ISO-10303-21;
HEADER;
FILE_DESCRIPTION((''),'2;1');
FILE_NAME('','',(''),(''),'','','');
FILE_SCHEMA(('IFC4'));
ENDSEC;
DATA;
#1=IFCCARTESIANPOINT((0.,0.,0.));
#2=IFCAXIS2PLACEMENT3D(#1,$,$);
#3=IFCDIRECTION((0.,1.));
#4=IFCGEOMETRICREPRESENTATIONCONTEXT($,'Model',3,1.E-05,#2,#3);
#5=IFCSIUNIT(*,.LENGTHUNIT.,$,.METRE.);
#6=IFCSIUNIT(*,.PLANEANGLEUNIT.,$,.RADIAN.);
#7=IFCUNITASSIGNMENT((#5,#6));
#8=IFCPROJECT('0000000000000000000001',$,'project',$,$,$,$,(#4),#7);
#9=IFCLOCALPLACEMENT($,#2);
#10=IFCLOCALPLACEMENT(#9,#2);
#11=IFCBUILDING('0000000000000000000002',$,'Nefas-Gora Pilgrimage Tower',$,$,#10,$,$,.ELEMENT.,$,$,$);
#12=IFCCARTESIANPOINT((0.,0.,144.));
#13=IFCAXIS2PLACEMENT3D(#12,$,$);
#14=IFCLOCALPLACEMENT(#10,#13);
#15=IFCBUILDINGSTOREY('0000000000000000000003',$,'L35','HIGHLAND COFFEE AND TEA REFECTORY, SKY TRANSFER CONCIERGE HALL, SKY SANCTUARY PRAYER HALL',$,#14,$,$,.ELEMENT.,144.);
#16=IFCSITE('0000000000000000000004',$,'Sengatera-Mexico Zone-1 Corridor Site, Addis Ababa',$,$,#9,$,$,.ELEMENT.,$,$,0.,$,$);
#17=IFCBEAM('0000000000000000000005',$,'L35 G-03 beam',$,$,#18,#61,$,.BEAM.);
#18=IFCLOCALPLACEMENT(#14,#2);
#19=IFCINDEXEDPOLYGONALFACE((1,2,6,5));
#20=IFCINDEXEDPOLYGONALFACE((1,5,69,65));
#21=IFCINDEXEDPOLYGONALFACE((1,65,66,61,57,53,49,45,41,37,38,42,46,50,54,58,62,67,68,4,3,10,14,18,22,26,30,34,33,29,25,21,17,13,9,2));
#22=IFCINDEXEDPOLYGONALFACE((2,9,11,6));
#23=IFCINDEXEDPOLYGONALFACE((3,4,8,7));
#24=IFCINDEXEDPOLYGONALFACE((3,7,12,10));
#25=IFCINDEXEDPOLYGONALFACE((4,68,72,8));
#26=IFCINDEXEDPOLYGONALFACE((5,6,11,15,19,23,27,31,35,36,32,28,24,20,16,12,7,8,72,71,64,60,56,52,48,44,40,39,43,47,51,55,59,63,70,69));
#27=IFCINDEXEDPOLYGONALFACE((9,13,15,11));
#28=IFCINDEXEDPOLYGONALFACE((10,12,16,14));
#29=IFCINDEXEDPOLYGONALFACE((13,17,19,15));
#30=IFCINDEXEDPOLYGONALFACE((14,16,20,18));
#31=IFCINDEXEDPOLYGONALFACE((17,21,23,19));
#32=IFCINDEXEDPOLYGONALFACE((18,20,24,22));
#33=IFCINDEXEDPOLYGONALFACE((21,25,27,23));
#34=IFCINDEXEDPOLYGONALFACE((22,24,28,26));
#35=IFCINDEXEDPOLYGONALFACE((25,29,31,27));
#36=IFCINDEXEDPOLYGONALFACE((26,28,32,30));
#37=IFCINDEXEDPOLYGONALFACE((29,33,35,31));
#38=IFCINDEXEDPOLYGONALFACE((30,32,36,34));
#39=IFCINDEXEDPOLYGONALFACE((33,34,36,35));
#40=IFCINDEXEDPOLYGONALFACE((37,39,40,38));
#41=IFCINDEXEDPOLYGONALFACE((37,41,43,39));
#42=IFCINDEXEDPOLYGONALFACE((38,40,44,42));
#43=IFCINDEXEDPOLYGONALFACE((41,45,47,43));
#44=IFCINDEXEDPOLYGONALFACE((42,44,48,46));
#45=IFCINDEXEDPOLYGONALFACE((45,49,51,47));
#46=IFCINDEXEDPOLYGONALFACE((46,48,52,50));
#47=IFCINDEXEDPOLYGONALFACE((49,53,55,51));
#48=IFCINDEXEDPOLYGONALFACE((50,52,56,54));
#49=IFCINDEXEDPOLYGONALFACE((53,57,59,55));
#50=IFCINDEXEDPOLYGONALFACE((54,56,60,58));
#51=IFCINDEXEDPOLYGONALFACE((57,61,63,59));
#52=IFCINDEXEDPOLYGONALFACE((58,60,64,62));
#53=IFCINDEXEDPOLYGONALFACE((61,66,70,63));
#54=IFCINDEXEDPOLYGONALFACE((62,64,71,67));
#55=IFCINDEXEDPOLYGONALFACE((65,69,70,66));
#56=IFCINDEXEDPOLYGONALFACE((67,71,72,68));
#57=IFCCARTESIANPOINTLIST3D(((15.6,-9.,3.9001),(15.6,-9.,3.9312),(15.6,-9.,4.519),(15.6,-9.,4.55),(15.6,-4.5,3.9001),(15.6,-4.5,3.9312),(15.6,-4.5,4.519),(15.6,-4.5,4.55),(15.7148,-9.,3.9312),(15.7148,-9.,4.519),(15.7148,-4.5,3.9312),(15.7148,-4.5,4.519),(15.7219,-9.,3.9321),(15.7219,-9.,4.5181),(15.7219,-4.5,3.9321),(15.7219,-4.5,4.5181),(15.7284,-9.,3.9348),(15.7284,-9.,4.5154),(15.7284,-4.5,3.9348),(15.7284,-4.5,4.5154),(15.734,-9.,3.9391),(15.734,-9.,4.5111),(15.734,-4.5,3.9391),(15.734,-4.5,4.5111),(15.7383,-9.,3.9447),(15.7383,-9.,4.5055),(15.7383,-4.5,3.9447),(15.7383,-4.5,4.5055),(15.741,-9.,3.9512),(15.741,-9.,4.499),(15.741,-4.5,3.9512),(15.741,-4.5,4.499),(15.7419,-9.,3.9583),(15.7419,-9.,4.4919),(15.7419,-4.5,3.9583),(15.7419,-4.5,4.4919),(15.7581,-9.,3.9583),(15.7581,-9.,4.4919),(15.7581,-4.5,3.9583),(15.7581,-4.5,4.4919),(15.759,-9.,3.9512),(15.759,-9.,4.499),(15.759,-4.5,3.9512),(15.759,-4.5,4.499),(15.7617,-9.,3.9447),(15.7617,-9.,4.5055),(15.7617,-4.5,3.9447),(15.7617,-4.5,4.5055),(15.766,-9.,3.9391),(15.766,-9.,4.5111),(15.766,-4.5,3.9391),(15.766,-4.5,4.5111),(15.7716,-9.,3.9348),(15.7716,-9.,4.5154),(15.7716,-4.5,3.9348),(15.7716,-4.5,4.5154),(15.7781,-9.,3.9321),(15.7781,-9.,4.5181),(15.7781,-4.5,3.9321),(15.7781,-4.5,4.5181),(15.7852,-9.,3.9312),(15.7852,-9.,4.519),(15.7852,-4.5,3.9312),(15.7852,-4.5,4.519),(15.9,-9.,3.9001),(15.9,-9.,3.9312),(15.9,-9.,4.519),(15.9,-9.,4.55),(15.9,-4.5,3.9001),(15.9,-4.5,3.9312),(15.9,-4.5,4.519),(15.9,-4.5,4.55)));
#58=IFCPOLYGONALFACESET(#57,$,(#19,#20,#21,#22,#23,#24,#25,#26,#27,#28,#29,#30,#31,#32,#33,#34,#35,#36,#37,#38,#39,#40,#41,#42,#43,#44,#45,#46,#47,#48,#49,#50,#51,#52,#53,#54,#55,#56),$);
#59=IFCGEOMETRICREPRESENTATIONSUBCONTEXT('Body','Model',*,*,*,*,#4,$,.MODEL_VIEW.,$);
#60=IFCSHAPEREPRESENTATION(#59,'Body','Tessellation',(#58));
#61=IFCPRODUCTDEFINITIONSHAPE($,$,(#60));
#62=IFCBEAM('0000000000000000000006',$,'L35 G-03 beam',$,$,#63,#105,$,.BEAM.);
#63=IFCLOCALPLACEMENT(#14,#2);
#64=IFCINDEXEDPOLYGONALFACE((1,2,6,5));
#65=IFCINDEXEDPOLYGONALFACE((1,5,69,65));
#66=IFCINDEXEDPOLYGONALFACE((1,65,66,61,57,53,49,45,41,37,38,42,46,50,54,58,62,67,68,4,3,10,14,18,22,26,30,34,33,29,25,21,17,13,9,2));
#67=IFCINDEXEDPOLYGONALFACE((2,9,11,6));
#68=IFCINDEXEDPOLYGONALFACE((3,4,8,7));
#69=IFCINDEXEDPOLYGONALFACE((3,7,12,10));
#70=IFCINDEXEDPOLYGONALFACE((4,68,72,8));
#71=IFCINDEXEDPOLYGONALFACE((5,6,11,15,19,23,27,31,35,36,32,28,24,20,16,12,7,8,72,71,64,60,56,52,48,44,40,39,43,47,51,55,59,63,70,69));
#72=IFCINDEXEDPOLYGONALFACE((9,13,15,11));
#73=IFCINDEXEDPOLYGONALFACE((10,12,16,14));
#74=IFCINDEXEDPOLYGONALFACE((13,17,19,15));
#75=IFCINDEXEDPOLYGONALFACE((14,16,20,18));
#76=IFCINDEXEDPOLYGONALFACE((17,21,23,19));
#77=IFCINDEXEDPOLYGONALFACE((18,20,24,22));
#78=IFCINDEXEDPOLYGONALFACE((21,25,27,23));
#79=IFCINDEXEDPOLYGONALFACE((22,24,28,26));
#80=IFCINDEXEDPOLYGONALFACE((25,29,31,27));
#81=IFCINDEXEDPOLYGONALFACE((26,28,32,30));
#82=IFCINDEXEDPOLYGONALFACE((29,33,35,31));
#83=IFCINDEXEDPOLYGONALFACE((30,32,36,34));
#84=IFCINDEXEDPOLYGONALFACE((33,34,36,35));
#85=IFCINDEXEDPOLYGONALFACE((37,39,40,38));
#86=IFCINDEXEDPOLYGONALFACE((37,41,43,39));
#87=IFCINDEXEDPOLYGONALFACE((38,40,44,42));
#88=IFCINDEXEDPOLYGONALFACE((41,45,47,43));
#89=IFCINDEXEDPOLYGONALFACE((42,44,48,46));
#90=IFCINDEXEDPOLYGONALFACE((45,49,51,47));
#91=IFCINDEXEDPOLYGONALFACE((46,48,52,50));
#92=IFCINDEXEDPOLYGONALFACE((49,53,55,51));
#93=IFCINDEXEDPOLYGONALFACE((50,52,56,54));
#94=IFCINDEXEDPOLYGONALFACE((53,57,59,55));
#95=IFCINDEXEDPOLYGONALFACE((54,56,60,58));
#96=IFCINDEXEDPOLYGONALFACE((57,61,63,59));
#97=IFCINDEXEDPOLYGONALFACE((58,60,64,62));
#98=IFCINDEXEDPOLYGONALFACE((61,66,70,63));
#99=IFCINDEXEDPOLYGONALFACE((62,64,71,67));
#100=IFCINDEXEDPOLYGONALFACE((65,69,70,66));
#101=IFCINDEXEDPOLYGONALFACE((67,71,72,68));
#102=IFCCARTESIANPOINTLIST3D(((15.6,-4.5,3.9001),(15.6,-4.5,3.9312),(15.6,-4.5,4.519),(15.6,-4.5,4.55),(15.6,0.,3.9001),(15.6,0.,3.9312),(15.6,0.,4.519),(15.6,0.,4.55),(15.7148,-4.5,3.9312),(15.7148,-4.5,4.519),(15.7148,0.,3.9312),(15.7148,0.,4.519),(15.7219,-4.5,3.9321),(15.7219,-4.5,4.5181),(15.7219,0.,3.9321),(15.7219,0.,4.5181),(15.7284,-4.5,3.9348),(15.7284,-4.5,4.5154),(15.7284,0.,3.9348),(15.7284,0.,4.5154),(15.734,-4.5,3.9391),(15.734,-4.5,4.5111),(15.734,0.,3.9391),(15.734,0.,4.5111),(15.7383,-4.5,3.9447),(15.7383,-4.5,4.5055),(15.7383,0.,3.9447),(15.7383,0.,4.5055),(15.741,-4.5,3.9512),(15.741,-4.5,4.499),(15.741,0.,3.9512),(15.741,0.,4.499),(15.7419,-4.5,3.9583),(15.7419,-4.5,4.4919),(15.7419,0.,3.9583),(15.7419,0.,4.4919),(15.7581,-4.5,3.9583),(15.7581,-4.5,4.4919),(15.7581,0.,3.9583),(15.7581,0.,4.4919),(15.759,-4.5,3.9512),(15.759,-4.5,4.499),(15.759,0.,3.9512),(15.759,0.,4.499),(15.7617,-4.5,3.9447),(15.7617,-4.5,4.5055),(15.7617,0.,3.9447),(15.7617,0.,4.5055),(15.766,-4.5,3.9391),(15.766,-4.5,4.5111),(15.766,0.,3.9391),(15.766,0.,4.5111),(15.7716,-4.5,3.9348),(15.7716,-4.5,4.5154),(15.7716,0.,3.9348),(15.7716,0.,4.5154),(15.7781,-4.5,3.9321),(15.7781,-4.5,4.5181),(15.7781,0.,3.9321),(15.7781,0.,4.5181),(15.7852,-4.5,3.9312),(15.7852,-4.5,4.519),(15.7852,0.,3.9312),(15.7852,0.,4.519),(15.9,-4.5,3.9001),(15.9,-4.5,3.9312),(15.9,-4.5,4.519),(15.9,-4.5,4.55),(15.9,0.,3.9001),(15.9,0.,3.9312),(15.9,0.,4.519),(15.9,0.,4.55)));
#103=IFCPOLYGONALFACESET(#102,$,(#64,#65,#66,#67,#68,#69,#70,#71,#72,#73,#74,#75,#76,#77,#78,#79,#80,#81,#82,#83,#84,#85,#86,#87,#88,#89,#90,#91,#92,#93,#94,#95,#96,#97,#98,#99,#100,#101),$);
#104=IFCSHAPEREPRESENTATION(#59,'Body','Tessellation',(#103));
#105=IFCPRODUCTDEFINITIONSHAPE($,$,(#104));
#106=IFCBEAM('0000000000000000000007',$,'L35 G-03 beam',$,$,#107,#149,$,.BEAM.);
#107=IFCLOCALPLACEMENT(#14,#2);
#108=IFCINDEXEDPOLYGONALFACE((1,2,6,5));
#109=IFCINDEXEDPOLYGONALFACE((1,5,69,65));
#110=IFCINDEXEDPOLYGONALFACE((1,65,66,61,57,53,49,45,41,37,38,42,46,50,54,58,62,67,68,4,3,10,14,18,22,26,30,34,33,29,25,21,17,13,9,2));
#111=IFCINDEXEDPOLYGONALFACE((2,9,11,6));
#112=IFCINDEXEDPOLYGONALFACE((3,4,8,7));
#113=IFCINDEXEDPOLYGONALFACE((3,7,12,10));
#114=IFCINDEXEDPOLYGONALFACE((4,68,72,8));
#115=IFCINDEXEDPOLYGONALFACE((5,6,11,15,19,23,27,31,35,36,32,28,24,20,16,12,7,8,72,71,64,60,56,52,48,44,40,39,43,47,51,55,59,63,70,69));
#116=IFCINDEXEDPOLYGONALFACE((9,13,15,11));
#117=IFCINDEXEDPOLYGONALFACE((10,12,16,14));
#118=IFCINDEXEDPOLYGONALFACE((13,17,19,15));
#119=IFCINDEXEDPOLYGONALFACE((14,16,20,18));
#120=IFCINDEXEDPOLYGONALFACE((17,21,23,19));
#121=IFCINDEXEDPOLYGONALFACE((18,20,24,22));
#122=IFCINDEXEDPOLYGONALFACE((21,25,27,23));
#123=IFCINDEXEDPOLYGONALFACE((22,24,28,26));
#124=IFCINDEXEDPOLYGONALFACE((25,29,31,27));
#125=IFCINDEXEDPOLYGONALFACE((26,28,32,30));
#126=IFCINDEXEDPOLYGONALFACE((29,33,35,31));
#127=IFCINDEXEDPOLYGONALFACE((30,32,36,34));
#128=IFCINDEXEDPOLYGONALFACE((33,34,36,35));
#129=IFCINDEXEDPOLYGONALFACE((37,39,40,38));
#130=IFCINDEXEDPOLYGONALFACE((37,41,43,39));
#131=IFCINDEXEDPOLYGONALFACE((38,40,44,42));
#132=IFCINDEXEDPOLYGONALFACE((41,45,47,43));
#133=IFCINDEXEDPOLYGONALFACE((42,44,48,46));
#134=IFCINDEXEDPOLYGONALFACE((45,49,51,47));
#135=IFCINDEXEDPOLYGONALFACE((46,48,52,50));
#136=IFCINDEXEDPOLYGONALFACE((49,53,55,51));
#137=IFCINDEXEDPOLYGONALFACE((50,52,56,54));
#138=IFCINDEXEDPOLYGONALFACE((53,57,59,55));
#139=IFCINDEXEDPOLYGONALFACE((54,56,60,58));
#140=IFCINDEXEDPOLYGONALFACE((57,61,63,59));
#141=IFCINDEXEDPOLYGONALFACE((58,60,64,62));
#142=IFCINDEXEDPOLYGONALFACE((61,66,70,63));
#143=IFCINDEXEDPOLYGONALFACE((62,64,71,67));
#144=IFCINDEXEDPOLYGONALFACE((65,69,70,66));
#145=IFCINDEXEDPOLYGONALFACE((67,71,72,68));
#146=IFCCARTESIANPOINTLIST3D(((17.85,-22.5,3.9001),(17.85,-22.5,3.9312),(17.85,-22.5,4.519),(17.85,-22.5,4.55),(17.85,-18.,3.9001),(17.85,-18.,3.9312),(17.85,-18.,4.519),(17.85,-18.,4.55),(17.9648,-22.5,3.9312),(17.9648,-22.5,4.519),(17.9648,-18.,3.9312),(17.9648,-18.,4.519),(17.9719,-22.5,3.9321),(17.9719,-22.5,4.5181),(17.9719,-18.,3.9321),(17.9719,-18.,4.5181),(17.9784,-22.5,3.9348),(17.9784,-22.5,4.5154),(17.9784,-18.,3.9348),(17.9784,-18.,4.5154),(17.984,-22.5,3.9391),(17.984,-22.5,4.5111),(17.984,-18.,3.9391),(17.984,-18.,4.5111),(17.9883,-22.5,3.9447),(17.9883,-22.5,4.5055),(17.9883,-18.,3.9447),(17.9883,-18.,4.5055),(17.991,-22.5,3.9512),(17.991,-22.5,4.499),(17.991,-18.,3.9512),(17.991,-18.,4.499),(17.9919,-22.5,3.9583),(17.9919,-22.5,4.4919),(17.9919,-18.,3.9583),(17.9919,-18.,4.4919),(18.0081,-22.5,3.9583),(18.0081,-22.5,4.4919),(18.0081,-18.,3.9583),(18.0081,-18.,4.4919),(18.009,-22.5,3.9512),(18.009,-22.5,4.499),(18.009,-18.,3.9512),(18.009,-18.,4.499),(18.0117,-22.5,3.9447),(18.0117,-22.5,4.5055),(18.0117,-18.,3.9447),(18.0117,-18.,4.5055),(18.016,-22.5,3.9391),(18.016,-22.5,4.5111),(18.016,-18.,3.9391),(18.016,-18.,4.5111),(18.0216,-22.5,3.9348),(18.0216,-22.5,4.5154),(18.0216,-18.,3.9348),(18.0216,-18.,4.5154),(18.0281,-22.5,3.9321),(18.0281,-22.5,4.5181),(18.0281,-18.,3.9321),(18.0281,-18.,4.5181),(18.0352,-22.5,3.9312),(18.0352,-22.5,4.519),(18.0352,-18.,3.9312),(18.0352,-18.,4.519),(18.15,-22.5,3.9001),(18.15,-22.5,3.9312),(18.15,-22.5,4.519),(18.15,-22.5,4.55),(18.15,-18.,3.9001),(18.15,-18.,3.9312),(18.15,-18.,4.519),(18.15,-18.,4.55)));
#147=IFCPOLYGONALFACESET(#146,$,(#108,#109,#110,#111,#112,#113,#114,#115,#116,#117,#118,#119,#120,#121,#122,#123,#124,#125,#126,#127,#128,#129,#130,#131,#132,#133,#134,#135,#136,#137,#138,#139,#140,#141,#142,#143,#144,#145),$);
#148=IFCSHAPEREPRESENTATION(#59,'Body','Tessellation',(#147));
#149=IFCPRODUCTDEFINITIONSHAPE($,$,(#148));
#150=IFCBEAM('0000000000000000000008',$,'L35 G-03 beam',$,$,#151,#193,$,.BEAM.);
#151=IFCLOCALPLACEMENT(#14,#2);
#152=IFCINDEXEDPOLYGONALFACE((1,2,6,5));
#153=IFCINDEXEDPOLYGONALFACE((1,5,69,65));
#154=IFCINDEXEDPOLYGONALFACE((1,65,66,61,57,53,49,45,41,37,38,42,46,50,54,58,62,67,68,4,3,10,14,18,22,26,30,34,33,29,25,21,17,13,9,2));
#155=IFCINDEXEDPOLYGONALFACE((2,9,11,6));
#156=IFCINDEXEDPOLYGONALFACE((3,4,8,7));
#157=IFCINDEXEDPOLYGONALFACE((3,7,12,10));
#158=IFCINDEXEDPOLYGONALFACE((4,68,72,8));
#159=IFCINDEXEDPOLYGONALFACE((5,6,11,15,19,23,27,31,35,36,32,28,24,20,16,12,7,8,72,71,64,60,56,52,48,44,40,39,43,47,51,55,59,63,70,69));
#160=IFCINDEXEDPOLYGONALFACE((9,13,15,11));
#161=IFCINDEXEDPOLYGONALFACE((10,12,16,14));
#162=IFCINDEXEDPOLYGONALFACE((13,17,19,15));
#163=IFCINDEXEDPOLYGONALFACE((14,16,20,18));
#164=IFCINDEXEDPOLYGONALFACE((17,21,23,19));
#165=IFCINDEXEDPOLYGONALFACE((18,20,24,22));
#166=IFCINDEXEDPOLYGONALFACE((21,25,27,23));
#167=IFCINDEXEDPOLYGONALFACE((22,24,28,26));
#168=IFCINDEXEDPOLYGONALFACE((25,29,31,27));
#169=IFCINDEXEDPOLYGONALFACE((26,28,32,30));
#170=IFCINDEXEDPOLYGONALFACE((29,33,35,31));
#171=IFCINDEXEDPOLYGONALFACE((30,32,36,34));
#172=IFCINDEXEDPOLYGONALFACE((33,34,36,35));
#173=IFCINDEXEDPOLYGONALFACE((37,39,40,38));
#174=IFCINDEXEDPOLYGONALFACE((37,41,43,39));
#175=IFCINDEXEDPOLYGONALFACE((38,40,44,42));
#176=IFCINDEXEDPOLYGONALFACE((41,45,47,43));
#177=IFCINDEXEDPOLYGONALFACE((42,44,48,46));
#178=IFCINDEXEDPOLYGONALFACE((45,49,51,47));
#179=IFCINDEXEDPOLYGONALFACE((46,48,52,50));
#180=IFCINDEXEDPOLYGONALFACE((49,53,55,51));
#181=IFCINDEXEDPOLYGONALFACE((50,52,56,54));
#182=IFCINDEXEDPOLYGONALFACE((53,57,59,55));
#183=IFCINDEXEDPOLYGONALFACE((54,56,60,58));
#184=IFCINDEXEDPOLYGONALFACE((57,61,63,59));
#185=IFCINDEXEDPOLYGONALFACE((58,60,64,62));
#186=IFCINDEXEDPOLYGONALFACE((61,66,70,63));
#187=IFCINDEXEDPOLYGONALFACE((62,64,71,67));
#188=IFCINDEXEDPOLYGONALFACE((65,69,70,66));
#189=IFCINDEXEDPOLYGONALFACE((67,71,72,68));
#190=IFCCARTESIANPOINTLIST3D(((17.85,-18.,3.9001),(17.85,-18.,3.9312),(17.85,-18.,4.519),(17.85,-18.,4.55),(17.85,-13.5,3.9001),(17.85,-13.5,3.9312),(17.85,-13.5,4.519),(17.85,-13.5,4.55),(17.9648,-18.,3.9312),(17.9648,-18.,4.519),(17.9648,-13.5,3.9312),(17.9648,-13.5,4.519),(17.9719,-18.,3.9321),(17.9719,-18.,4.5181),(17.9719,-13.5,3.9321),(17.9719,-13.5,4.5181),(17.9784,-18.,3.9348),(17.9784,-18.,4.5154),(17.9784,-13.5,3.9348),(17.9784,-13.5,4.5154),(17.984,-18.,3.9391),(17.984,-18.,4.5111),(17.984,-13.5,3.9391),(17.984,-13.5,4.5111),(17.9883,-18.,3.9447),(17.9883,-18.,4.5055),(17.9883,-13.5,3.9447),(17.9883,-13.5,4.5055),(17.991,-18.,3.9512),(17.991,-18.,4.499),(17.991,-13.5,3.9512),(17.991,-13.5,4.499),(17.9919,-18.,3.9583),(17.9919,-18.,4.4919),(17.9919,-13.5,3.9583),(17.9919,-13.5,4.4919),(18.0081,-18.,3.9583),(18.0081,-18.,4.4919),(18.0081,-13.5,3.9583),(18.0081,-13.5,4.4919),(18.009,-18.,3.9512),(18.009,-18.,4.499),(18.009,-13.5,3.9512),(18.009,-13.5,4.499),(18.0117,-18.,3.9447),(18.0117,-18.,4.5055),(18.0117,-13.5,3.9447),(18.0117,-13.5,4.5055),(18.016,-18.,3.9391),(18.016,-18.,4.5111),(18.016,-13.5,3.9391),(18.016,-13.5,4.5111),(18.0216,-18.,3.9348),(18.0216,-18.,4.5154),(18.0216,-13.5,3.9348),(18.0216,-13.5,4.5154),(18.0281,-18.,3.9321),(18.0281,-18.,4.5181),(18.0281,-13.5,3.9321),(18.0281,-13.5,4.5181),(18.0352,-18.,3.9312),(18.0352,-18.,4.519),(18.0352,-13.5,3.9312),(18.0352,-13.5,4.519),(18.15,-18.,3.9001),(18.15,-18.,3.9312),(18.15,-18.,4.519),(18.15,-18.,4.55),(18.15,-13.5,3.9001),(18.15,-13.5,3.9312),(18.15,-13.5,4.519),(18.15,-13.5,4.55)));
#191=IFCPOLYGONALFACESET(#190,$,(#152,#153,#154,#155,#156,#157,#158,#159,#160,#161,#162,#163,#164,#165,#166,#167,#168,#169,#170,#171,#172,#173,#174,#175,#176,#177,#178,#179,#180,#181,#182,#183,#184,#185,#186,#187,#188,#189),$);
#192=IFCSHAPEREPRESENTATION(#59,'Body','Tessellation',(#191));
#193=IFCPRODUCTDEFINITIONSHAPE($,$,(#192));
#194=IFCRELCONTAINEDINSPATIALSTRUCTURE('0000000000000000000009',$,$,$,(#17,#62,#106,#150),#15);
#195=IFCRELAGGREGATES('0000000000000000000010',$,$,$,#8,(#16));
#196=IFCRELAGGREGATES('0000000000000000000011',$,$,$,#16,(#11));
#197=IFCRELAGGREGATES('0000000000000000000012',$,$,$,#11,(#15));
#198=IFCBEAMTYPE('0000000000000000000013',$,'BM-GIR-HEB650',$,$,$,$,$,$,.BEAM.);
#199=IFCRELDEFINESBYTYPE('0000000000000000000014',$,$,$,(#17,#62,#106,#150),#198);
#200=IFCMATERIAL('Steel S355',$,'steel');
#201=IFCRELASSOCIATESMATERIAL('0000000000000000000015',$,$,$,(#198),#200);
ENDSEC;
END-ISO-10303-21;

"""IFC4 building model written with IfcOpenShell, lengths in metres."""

from ifc_helpers import new_model, si_unit, direction, frame, origin, origin_2d, place, context, subcontext, project, spatial, i_section, extrude, source, transform, mapped, material, material_profile, profile_set, type_object, element, save


model = new_model("IFC4")

# Units and contexts
model_context = context("Model", 3, precision=1e-05, world=origin(), true_north=direction((0.0, 1.0)))
body_context = subcontext(model_context, "Body", "Model", "MODEL_VIEW")
ifc_project = project(units=[si_unit("LENGTHUNIT", "METRE"), si_unit("PLANEANGLEUNIT", "RADIAN")], contexts=[model_context])

# Site, building, storey
site_placement = place(None, origin())
site = spatial("IfcSite", under=ifc_project, at=site_placement, Name="Sengatera-Mexico Zone-1 Corridor Site, Addis Ababa", CompositionType="ELEMENT", RefElevation=0.0)
building_placement = place(site_placement, origin())
building = spatial("IfcBuilding", under=site, at=building_placement, Name="Nefas-Gora Pilgrimage Tower", CompositionType="ELEMENT")
storey_placement = place(building_placement, frame((0.0, 0.0, 144.0)))
storey = spatial("IfcBuildingStorey", under=building, at=storey_placement, Name="L35", Description="HIGHLAND COFFEE AND TEA REFECTORY, SKY TRANSFER CONCIERGE HALL, SKY SANCTUARY PRAYER HALL", CompositionType="ELEMENT", Elevation=144.0)

# Beams
ifc_material_1 = material(Name="Steel S355", Category="steel")
ifc_material_profile_1 = material_profile(ifc_material_1, i_section(OverallWidth=0.3, OverallDepth=0.6499, WebThickness=0.0161, FlangeThickness=0.031, FilletRadius=0.0271, at=origin_2d()), Name="HEB 650")
ifc_profile_set_1 = profile_set([ifc_material_profile_1], Name="Steel S355")
beam_type_1 = type_object("IfcBeamType", Name="BM-GIR-HEB650", PredefinedType="BEAM", material=ifc_profile_set_1)
shared_shape_1 = source(origin(), body_context, "Body", "SweptSolid", [
    extrude(i_section(OverallWidth=0.3, OverallDepth=0.6499, WebThickness=0.0161, FlangeThickness=0.031, FilletRadius=0.0271, at=origin_2d()), origin(), (0.0, 0.0, 1.0), 4.5),
])
for number, where, z_axis, x_axis, name in (
    (1, (15.75, -9.0, 4.2251), (0.0, 1.0, 0.0), (-1.0, 0.0, 0.0), "L35 G-03 beam"),
    (2, (15.75, -4.5, 4.2251), (0.0, 1.0, 0.0), (-1.0, 0.0, 0.0), "L35 G-03 beam"),
    (3, (18.0, -22.5, 4.2251), (0.0, 1.0, 0.0), (-1.0, 0.0, 0.0), "L35 G-03 beam"),
    (4, (18.0, -18.0, 4.2251), (0.0, 1.0, 0.0), (-1.0, 0.0, 0.0), "L35 G-03 beam"),
):
    element("IfcBeam", number, at=place(storey_placement, frame(where, z_axis=z_axis, x_axis=x_axis)), inside=storey, type_object=beam_type_1, Name=name, PredefinedType="BEAM", context=body_context, shape_type="MappedRepresentation", body=[
        mapped(shared_shape_1, transform((0.0, 0.0, 0.0), x_axis=(1.0, 0.0, 0.0), y_axis=(0.0, 1.0, 0.0), z_axis=(0.0, 0.0, 1.0), scale=1.0)),
    ])

save(model, "model.ifc")
